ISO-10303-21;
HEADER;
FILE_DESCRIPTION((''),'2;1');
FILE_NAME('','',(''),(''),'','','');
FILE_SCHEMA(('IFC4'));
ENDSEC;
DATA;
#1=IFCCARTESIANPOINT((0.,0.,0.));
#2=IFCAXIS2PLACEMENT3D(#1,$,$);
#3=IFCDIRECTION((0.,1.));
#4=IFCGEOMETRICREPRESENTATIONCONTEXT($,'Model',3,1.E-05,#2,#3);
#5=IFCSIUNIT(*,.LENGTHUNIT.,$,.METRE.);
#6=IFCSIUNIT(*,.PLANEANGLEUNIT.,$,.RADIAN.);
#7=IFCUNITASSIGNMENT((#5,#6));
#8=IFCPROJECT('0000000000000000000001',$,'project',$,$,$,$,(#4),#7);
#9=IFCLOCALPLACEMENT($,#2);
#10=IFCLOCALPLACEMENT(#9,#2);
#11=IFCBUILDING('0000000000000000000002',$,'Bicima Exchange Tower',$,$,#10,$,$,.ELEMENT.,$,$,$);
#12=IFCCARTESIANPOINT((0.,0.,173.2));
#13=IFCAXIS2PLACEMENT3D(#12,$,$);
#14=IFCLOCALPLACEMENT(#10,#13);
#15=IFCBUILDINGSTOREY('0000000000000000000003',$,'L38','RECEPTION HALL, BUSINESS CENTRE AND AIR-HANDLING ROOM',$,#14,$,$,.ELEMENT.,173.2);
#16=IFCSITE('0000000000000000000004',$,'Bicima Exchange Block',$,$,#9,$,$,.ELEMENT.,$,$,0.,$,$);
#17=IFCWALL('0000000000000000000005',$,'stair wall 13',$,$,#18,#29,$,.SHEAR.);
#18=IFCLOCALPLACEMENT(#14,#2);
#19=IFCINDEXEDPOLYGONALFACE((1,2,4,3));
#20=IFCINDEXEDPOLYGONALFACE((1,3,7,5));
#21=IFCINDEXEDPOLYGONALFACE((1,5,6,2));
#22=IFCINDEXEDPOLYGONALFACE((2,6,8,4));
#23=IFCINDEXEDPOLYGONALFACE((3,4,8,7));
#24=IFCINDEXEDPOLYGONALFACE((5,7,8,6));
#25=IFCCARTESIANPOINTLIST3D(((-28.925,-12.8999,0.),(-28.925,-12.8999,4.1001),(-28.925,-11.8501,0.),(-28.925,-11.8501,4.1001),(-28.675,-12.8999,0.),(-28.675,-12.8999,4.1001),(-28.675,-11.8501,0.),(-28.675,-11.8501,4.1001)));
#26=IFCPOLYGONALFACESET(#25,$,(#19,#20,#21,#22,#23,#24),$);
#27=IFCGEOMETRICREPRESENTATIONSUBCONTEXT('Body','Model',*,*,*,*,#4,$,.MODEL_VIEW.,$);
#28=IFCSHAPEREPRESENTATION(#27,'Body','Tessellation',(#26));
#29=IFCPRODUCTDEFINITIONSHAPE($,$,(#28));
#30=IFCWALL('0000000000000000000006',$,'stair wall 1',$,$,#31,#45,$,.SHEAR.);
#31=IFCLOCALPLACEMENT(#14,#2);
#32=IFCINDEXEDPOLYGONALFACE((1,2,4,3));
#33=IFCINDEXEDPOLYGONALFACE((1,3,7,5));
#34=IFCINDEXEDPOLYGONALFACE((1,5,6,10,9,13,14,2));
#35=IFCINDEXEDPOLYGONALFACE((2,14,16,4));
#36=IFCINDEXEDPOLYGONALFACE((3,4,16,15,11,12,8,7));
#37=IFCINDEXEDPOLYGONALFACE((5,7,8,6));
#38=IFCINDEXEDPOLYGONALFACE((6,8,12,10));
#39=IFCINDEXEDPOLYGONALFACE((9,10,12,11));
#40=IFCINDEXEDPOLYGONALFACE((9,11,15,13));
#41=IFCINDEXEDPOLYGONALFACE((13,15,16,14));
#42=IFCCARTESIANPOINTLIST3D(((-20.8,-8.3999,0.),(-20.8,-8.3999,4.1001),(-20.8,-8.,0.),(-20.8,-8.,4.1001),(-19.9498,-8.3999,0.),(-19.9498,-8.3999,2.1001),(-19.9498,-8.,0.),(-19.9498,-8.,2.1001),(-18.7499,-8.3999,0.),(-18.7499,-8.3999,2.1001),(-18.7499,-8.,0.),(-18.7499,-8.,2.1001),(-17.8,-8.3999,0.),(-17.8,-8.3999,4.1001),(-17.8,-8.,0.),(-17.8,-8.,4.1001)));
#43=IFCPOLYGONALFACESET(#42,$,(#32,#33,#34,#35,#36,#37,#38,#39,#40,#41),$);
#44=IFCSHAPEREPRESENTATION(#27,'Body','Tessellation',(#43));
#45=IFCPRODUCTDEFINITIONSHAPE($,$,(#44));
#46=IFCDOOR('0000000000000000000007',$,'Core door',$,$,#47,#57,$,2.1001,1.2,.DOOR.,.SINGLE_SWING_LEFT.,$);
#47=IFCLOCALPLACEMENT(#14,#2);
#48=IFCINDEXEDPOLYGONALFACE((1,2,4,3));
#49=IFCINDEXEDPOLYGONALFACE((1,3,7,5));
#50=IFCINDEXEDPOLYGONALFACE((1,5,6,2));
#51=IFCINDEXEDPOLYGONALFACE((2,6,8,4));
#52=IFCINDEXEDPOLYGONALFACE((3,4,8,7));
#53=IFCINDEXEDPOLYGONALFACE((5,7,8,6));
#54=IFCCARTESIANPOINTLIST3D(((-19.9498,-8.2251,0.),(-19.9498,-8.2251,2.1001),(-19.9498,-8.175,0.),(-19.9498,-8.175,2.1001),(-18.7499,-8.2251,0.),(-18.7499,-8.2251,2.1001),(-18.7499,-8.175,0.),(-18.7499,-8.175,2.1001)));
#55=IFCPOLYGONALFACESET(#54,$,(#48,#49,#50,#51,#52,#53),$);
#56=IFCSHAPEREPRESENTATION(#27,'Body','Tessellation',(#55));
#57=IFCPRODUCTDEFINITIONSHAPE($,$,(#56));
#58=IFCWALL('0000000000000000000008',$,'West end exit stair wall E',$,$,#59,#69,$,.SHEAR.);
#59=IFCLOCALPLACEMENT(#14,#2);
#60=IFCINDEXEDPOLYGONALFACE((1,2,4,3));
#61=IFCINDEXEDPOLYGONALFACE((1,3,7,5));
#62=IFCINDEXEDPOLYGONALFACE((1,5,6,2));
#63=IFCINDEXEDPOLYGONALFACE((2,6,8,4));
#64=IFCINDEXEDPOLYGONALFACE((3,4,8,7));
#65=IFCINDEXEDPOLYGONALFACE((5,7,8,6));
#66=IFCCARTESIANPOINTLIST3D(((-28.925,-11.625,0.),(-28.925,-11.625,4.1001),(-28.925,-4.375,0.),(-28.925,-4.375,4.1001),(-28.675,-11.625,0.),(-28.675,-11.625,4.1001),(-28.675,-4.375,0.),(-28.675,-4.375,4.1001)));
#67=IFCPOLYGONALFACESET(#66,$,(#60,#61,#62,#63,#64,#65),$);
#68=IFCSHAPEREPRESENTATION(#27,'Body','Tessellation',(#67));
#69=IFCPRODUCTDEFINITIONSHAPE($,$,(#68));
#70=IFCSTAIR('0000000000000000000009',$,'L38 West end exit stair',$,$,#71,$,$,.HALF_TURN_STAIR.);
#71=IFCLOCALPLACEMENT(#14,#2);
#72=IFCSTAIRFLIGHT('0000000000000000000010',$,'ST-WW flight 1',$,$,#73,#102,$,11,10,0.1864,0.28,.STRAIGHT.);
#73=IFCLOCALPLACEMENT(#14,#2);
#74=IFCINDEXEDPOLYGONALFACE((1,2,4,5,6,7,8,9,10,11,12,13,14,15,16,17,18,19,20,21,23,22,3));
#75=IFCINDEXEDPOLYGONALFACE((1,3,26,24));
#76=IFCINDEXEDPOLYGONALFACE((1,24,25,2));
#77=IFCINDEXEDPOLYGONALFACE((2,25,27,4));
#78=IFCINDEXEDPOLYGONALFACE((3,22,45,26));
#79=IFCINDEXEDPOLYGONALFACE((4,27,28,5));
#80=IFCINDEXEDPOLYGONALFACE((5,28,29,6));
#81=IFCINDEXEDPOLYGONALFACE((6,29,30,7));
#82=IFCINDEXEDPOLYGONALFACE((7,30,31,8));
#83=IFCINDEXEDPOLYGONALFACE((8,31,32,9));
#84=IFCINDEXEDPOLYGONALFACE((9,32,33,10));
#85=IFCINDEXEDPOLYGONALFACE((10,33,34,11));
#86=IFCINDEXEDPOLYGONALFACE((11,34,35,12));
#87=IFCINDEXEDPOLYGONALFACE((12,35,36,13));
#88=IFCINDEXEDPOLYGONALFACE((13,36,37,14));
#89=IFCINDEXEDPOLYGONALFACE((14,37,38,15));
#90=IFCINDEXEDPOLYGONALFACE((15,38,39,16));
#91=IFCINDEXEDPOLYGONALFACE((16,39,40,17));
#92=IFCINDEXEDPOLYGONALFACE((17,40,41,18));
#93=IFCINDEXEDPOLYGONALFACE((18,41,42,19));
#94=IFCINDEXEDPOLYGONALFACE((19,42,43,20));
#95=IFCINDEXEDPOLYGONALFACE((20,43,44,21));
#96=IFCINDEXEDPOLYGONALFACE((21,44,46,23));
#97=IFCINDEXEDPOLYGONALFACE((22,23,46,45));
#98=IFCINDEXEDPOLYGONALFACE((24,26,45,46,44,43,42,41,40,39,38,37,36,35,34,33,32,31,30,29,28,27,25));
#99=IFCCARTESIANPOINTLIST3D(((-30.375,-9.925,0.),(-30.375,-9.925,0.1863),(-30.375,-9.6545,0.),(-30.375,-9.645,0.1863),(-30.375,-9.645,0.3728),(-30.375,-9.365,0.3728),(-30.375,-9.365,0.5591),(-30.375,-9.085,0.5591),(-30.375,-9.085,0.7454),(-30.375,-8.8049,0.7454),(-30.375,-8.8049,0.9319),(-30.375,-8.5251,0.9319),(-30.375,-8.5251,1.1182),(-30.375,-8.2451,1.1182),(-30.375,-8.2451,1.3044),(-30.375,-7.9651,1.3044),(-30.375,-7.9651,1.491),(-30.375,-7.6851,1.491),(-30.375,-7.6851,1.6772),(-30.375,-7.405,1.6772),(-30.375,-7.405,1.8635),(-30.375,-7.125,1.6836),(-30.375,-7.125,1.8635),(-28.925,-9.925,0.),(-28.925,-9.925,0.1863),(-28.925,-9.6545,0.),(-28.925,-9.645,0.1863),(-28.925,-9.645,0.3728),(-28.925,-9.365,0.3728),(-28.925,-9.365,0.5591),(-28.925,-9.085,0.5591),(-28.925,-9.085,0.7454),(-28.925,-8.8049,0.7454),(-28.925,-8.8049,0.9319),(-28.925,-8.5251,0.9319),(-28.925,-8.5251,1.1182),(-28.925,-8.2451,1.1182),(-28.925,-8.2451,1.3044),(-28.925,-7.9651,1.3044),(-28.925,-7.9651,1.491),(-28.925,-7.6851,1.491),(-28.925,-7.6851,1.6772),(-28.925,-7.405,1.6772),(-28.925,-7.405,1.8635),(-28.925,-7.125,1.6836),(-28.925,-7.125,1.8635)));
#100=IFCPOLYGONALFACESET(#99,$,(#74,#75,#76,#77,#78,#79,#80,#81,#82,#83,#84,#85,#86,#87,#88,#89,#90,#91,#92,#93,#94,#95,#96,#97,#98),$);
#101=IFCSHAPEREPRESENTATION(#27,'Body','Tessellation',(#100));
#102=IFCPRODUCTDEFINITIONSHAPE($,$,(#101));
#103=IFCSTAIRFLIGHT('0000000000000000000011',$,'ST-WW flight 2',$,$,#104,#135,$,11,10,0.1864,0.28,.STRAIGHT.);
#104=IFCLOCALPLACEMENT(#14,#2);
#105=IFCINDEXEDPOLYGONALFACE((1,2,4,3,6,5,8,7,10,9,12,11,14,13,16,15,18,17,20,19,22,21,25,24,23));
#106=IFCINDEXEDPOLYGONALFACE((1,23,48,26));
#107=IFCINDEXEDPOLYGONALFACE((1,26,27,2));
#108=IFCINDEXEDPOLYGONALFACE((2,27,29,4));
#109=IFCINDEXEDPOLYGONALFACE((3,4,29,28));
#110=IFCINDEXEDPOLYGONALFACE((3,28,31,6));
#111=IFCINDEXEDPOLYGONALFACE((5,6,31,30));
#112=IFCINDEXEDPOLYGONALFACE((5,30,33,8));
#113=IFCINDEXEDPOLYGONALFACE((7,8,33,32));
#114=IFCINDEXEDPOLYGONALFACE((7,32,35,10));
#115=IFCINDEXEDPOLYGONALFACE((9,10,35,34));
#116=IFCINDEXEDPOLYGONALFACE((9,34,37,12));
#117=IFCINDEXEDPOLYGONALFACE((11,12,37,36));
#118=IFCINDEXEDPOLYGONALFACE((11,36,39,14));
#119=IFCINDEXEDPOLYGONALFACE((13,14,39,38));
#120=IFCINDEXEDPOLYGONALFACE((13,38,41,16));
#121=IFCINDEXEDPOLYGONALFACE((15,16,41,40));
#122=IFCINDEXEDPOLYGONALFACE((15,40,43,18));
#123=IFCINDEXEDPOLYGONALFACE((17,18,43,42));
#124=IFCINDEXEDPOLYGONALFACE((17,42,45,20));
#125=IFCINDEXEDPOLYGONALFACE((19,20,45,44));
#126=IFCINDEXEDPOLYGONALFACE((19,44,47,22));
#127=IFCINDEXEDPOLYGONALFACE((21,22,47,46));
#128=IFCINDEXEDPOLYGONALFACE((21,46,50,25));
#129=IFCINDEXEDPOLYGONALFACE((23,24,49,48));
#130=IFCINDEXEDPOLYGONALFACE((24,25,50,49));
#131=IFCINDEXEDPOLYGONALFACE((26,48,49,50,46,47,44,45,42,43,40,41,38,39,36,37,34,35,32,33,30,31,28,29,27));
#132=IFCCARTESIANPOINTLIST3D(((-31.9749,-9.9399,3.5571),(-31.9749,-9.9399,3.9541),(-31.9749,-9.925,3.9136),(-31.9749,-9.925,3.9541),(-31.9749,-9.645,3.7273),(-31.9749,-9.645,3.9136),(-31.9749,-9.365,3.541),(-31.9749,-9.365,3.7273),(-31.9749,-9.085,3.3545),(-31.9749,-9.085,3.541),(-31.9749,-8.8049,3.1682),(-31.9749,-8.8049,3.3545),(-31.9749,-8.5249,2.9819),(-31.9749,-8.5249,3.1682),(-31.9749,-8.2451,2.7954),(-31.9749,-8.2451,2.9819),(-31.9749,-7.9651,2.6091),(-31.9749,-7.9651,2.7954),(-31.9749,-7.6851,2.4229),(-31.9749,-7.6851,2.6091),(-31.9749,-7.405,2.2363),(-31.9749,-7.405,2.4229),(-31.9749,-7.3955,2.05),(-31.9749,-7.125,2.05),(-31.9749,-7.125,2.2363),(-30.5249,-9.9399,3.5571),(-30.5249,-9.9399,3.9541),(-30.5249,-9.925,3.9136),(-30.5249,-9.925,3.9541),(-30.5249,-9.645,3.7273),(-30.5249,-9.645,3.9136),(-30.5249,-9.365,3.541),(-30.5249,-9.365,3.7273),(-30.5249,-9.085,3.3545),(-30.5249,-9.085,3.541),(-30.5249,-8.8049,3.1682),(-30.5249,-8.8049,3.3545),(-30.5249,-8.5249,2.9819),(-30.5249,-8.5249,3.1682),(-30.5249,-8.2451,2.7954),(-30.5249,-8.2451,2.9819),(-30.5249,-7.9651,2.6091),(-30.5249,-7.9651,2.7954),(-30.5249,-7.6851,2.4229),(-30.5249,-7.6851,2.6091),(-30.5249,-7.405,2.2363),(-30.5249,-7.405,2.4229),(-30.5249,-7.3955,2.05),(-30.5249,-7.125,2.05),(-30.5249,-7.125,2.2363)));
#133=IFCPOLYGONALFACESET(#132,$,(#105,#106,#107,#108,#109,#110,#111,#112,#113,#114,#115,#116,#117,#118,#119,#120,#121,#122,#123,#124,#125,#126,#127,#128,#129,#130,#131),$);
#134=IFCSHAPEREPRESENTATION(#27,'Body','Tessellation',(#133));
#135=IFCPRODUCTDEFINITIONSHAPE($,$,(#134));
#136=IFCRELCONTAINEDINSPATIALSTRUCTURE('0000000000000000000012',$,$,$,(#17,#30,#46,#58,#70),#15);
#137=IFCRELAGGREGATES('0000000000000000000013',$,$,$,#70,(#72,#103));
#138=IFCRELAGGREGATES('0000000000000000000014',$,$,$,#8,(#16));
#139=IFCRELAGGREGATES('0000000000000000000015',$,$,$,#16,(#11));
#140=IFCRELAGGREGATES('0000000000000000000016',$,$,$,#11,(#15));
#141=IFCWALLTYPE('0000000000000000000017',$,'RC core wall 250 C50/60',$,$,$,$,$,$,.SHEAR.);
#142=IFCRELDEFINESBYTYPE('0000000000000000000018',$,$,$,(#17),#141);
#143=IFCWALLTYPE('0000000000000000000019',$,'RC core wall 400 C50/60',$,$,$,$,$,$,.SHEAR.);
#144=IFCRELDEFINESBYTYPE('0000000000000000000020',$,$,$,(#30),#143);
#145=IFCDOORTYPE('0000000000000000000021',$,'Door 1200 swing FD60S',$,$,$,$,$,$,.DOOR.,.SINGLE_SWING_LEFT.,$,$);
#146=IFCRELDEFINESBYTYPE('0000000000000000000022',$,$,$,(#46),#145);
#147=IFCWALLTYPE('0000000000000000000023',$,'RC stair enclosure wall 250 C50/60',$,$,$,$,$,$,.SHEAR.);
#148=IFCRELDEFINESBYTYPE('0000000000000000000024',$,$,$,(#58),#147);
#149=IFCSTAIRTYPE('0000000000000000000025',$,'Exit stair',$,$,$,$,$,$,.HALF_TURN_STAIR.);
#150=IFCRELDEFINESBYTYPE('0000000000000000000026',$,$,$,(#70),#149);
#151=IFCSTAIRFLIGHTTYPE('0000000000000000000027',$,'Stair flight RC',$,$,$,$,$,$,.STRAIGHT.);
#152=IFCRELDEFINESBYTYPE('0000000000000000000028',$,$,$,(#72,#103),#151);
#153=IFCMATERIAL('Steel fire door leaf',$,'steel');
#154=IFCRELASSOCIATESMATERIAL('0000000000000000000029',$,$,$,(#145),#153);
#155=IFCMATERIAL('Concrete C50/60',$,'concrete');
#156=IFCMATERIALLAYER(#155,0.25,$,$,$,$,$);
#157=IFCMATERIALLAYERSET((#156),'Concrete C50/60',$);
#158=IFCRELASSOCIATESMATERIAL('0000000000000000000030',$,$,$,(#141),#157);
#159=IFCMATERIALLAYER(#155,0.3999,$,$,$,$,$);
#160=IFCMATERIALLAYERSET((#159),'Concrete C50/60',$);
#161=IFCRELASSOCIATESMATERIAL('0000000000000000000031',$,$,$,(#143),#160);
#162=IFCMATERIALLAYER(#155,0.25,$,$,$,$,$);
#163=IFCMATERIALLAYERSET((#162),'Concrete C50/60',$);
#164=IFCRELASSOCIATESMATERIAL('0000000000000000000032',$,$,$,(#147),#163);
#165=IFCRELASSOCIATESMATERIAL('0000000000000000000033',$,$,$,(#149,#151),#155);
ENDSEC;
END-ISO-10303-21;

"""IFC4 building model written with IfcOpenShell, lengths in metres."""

from ifc_helpers import new_model, si_unit, direction, frame, frame_2d, origin, place, context, subcontext, project, spatial, polyline, rectangle, outline, extrude, material, layer, layer_set, type_object, element, fill, aggregate, save


model = new_model("IFC4")

# Units and contexts
model_context = context("Model", 3, precision=1e-05, world=origin(), true_north=direction((0.0, 1.0)))
body_context = subcontext(model_context, "Body", "Model", "MODEL_VIEW")
ifc_project = project(units=[si_unit("LENGTHUNIT", "METRE"), si_unit("PLANEANGLEUNIT", "RADIAN")], contexts=[model_context])

# Site, building, storey
site_placement = place(None, origin())
site = spatial("IfcSite", under=ifc_project, at=site_placement, Name="Bicima Exchange Block", CompositionType="ELEMENT", RefElevation=0.0)
building_placement = place(site_placement, origin())
building = spatial("IfcBuilding", under=site, at=building_placement, Name="Bicima Exchange Tower", CompositionType="ELEMENT")
storey_placement = place(building_placement, frame((0.0, 0.0, 173.2)))
storey = spatial("IfcBuildingStorey", under=building, at=storey_placement, Name="L38", Description="RECEPTION HALL, BUSINESS CENTRE AND AIR-HANDLING ROOM", CompositionType="ELEMENT", Elevation=173.2)

# Shared definitions
ifc_material_1 = material(Name="Concrete C50/60", Category="concrete")
ifc_material_2 = material(Name="Steel fire door leaf", Category="steel")
door_type_1 = type_object("IfcDoorType", Name="Door 1200 swing FD60S", OperationType="SINGLE_SWING_LEFT", PredefinedType="DOOR", material=ifc_material_2)

# Wall
ifc_layer_1 = layer(ifc_material_1, 0.25)
ifc_layer_set_1 = layer_set([ifc_layer_1], Name="Concrete C50/60")
wall_type_1 = type_object("IfcWallType", Name="RC core wall 250 C50/60", PredefinedType="SHEAR", material=ifc_layer_set_1)
wall_1_placement = place(storey_placement, frame((-28.8, -12.8999, 0.0), z_axis=(0.0, 0.0, 1.0), x_axis=(0.0, 1.0, 0.0)))
element("IfcWall", 1, at=wall_1_placement, inside=storey, type_object=wall_type_1, Name="stair wall 13", PredefinedType="SHEAR", context=body_context, shape_type="SweptSolid", body=[
    extrude(rectangle(XDim=1.0498, YDim=0.25, at=frame_2d((0.5249, 0.0))), origin(), (0.0, 0.0, 1.0), 4.1001),
])

# Wall, opening, door
ifc_layer_2 = layer(ifc_material_1, 0.3999)
ifc_layer_set_2 = layer_set([ifc_layer_2], Name="Concrete C50/60")
wall_type_2 = type_object("IfcWallType", Name="RC core wall 400 C50/60", PredefinedType="SHEAR", material=ifc_layer_set_2)
wall_2_placement = place(storey_placement, frame((-20.8, -8.2, 0.0), z_axis=(0.0, 0.0, 1.0), x_axis=(1.0, 0.0, 0.0)))
wall_2 = element("IfcWall", 2, at=wall_2_placement, inside=storey, type_object=wall_type_2, Name="stair wall 1", PredefinedType="SHEAR", context=body_context, shape_type="SweptSolid", body=[
    extrude(rectangle(XDim=3.0, YDim=0.3999, at=frame_2d((1.5, 0.0))), origin(), (0.0, 0.0, 1.0), 4.1001),
])
opening_1_placement = place(wall_2_placement, frame((0.8501, 0.0, 0.0)))
opening_1 = element("IfcOpeningElement", 3, at=opening_1_placement, cuts=wall_2, PredefinedType="OPENING", context=body_context, shape_type="SweptSolid", body=[
    extrude(rectangle(XDim=1.2, YDim=2.1001, at=frame_2d((0.6001, 1.05))), frame((0.0, 0.2119, 0.0), z_axis=(0.0, -1.0, 0.0), x_axis=(1.0, 0.0, 0.0)), (0.0, 0.0, 1.0), 0.4238),
])
door_1_placement = place(opening_1_placement, origin())
door_1 = element("IfcDoor", 4, at=door_1_placement, inside=storey, type_object=door_type_1, Name="Core door", OperationType="SINGLE_SWING_LEFT", OverallHeight=2.1001, OverallWidth=1.2, PredefinedType="DOOR", context=body_context, shape_type="SweptSolid", body=[
    extrude(rectangle(XDim=1.2, YDim=2.1001, at=frame_2d((0.6001, 1.05))), frame((0.0, 0.0249, 0.0), z_axis=(0.0, -1.0, 0.0), x_axis=(1.0, 0.0, 0.0)), (0.0, 0.0, 1.0), 0.05),
])
fill(opening_1, door_1)

# Wall
ifc_layer_3 = layer(ifc_material_1, 0.25)
ifc_layer_set_3 = layer_set([ifc_layer_3], Name="Concrete C50/60")
wall_type_3 = type_object("IfcWallType", Name="RC stair enclosure wall 250 C50/60", PredefinedType="SHEAR", material=ifc_layer_set_3)
wall_3_placement = place(storey_placement, frame((-28.8, -11.625, 0.0), z_axis=(0.0, 0.0, 1.0), x_axis=(0.0, 1.0, 0.0)))
element("IfcWall", 5, at=wall_3_placement, inside=storey, type_object=wall_type_3, Name="West end exit stair wall E", PredefinedType="SHEAR", context=body_context, shape_type="SweptSolid", body=[
    extrude(rectangle(XDim=7.25, YDim=0.25, at=frame_2d((3.625, 0.0))), origin(), (0.0, 0.0, 1.0), 4.1001),
])

# Stair, stair flights
stair_type = type_object("IfcStairType", Name="Exit stair", PredefinedType="HALF_TURN_STAIR", material=ifc_material_1)
stair_placement = place(storey_placement, origin())
stair = element("IfcStair", 6, at=stair_placement, inside=storey, type_object=stair_type, Name="L38 West end exit stair", PredefinedType="HALF_TURN_STAIR")
stair_flight_type = type_object("IfcStairFlightType", Name="Stair flight RC", PredefinedType="STRAIGHT", material=ifc_material_1)
stair_flight_1_placement = place(storey_placement, frame((-29.6499, -9.925, 0.0), z_axis=(0.0, 0.0, 1.0), x_axis=(0.0, 1.0, 0.0)))
stair_flight_1 = element("IfcStairFlight", 7, at=stair_flight_1_placement, type_object=stair_flight_type, Name="ST-WW flight 1", NumberOfRisers=11, NumberOfTreads=10, PredefinedType="STRAIGHT", RiserHeight=0.1864, TreadLength=0.28, context=body_context, shape_type="SweptSolid", body=[
    extrude(outline(polyline([(0.0, 0.0), (0.0, 0.1863), (0.28, 0.1863), (0.28, 0.3728), (0.5601, 0.3728), (0.5601, 0.5591), (0.8401, 0.5591), (0.8401, 0.7454), (1.1201, 0.7454), (1.1201, 0.9319), (1.3999, 0.9319), (1.3999, 1.1182), (1.6799, 1.1182), (1.6799, 1.3044), (1.96, 1.3044), (1.96, 1.491), (2.24, 1.491), (2.24, 1.6772), (2.52, 1.6772), (2.52, 1.8635), (2.8, 1.8635), (2.8, 2.05), (2.8, 1.6836), (0.2705, 0.0), (0.0, 0.0)])), frame((0.0, 0.7251, 0.0), z_axis=(0.0, -1.0, 0.0), x_axis=(1.0, 0.0, 0.0)), (0.0, 0.0, 1.0), 1.45),
])
stair_flight_2_placement = place(storey_placement, frame((-31.25, -7.125, 2.05), z_axis=(0.0, 0.0, 1.0), x_axis=(0.0, -1.0, 0.0)))
stair_flight_2 = element("IfcStairFlight", 8, at=stair_flight_2_placement, type_object=stair_flight_type, Name="ST-WW flight 2", NumberOfRisers=11, NumberOfTreads=10, PredefinedType="STRAIGHT", RiserHeight=0.1864, TreadLength=0.28, context=body_context, shape_type="SweptSolid", body=[
    extrude(outline(polyline([(0.0, 0.0), (0.0, 0.1863), (0.28, 0.1863), (0.28, 0.3728), (0.5601, 0.3728), (0.5601, 0.5591), (0.8401, 0.5591), (0.8401, 0.7454), (1.1201, 0.7454), (1.1201, 0.9319), (1.3999, 0.9319), (1.3999, 1.1182), (1.6799, 1.1182), (1.6799, 1.3044), (1.96, 1.3044), (1.96, 1.491), (2.24, 1.491), (2.24, 1.6772), (2.52, 1.6772), (2.52, 1.8635), (2.8, 1.8635), (2.8, 1.9041), (2.8149, 1.9041), (2.8149, 1.5071), (0.2705, 0.0), (0.0, 0.0)])), frame((0.0, 0.7251, 0.0), z_axis=(0.0, -1.0, 0.0), x_axis=(1.0, 0.0, 0.0)), (0.0, 0.0, 1.0), 1.45),
])
aggregate(stair, [stair_flight_1, stair_flight_2])

save(model, "model.ifc")
